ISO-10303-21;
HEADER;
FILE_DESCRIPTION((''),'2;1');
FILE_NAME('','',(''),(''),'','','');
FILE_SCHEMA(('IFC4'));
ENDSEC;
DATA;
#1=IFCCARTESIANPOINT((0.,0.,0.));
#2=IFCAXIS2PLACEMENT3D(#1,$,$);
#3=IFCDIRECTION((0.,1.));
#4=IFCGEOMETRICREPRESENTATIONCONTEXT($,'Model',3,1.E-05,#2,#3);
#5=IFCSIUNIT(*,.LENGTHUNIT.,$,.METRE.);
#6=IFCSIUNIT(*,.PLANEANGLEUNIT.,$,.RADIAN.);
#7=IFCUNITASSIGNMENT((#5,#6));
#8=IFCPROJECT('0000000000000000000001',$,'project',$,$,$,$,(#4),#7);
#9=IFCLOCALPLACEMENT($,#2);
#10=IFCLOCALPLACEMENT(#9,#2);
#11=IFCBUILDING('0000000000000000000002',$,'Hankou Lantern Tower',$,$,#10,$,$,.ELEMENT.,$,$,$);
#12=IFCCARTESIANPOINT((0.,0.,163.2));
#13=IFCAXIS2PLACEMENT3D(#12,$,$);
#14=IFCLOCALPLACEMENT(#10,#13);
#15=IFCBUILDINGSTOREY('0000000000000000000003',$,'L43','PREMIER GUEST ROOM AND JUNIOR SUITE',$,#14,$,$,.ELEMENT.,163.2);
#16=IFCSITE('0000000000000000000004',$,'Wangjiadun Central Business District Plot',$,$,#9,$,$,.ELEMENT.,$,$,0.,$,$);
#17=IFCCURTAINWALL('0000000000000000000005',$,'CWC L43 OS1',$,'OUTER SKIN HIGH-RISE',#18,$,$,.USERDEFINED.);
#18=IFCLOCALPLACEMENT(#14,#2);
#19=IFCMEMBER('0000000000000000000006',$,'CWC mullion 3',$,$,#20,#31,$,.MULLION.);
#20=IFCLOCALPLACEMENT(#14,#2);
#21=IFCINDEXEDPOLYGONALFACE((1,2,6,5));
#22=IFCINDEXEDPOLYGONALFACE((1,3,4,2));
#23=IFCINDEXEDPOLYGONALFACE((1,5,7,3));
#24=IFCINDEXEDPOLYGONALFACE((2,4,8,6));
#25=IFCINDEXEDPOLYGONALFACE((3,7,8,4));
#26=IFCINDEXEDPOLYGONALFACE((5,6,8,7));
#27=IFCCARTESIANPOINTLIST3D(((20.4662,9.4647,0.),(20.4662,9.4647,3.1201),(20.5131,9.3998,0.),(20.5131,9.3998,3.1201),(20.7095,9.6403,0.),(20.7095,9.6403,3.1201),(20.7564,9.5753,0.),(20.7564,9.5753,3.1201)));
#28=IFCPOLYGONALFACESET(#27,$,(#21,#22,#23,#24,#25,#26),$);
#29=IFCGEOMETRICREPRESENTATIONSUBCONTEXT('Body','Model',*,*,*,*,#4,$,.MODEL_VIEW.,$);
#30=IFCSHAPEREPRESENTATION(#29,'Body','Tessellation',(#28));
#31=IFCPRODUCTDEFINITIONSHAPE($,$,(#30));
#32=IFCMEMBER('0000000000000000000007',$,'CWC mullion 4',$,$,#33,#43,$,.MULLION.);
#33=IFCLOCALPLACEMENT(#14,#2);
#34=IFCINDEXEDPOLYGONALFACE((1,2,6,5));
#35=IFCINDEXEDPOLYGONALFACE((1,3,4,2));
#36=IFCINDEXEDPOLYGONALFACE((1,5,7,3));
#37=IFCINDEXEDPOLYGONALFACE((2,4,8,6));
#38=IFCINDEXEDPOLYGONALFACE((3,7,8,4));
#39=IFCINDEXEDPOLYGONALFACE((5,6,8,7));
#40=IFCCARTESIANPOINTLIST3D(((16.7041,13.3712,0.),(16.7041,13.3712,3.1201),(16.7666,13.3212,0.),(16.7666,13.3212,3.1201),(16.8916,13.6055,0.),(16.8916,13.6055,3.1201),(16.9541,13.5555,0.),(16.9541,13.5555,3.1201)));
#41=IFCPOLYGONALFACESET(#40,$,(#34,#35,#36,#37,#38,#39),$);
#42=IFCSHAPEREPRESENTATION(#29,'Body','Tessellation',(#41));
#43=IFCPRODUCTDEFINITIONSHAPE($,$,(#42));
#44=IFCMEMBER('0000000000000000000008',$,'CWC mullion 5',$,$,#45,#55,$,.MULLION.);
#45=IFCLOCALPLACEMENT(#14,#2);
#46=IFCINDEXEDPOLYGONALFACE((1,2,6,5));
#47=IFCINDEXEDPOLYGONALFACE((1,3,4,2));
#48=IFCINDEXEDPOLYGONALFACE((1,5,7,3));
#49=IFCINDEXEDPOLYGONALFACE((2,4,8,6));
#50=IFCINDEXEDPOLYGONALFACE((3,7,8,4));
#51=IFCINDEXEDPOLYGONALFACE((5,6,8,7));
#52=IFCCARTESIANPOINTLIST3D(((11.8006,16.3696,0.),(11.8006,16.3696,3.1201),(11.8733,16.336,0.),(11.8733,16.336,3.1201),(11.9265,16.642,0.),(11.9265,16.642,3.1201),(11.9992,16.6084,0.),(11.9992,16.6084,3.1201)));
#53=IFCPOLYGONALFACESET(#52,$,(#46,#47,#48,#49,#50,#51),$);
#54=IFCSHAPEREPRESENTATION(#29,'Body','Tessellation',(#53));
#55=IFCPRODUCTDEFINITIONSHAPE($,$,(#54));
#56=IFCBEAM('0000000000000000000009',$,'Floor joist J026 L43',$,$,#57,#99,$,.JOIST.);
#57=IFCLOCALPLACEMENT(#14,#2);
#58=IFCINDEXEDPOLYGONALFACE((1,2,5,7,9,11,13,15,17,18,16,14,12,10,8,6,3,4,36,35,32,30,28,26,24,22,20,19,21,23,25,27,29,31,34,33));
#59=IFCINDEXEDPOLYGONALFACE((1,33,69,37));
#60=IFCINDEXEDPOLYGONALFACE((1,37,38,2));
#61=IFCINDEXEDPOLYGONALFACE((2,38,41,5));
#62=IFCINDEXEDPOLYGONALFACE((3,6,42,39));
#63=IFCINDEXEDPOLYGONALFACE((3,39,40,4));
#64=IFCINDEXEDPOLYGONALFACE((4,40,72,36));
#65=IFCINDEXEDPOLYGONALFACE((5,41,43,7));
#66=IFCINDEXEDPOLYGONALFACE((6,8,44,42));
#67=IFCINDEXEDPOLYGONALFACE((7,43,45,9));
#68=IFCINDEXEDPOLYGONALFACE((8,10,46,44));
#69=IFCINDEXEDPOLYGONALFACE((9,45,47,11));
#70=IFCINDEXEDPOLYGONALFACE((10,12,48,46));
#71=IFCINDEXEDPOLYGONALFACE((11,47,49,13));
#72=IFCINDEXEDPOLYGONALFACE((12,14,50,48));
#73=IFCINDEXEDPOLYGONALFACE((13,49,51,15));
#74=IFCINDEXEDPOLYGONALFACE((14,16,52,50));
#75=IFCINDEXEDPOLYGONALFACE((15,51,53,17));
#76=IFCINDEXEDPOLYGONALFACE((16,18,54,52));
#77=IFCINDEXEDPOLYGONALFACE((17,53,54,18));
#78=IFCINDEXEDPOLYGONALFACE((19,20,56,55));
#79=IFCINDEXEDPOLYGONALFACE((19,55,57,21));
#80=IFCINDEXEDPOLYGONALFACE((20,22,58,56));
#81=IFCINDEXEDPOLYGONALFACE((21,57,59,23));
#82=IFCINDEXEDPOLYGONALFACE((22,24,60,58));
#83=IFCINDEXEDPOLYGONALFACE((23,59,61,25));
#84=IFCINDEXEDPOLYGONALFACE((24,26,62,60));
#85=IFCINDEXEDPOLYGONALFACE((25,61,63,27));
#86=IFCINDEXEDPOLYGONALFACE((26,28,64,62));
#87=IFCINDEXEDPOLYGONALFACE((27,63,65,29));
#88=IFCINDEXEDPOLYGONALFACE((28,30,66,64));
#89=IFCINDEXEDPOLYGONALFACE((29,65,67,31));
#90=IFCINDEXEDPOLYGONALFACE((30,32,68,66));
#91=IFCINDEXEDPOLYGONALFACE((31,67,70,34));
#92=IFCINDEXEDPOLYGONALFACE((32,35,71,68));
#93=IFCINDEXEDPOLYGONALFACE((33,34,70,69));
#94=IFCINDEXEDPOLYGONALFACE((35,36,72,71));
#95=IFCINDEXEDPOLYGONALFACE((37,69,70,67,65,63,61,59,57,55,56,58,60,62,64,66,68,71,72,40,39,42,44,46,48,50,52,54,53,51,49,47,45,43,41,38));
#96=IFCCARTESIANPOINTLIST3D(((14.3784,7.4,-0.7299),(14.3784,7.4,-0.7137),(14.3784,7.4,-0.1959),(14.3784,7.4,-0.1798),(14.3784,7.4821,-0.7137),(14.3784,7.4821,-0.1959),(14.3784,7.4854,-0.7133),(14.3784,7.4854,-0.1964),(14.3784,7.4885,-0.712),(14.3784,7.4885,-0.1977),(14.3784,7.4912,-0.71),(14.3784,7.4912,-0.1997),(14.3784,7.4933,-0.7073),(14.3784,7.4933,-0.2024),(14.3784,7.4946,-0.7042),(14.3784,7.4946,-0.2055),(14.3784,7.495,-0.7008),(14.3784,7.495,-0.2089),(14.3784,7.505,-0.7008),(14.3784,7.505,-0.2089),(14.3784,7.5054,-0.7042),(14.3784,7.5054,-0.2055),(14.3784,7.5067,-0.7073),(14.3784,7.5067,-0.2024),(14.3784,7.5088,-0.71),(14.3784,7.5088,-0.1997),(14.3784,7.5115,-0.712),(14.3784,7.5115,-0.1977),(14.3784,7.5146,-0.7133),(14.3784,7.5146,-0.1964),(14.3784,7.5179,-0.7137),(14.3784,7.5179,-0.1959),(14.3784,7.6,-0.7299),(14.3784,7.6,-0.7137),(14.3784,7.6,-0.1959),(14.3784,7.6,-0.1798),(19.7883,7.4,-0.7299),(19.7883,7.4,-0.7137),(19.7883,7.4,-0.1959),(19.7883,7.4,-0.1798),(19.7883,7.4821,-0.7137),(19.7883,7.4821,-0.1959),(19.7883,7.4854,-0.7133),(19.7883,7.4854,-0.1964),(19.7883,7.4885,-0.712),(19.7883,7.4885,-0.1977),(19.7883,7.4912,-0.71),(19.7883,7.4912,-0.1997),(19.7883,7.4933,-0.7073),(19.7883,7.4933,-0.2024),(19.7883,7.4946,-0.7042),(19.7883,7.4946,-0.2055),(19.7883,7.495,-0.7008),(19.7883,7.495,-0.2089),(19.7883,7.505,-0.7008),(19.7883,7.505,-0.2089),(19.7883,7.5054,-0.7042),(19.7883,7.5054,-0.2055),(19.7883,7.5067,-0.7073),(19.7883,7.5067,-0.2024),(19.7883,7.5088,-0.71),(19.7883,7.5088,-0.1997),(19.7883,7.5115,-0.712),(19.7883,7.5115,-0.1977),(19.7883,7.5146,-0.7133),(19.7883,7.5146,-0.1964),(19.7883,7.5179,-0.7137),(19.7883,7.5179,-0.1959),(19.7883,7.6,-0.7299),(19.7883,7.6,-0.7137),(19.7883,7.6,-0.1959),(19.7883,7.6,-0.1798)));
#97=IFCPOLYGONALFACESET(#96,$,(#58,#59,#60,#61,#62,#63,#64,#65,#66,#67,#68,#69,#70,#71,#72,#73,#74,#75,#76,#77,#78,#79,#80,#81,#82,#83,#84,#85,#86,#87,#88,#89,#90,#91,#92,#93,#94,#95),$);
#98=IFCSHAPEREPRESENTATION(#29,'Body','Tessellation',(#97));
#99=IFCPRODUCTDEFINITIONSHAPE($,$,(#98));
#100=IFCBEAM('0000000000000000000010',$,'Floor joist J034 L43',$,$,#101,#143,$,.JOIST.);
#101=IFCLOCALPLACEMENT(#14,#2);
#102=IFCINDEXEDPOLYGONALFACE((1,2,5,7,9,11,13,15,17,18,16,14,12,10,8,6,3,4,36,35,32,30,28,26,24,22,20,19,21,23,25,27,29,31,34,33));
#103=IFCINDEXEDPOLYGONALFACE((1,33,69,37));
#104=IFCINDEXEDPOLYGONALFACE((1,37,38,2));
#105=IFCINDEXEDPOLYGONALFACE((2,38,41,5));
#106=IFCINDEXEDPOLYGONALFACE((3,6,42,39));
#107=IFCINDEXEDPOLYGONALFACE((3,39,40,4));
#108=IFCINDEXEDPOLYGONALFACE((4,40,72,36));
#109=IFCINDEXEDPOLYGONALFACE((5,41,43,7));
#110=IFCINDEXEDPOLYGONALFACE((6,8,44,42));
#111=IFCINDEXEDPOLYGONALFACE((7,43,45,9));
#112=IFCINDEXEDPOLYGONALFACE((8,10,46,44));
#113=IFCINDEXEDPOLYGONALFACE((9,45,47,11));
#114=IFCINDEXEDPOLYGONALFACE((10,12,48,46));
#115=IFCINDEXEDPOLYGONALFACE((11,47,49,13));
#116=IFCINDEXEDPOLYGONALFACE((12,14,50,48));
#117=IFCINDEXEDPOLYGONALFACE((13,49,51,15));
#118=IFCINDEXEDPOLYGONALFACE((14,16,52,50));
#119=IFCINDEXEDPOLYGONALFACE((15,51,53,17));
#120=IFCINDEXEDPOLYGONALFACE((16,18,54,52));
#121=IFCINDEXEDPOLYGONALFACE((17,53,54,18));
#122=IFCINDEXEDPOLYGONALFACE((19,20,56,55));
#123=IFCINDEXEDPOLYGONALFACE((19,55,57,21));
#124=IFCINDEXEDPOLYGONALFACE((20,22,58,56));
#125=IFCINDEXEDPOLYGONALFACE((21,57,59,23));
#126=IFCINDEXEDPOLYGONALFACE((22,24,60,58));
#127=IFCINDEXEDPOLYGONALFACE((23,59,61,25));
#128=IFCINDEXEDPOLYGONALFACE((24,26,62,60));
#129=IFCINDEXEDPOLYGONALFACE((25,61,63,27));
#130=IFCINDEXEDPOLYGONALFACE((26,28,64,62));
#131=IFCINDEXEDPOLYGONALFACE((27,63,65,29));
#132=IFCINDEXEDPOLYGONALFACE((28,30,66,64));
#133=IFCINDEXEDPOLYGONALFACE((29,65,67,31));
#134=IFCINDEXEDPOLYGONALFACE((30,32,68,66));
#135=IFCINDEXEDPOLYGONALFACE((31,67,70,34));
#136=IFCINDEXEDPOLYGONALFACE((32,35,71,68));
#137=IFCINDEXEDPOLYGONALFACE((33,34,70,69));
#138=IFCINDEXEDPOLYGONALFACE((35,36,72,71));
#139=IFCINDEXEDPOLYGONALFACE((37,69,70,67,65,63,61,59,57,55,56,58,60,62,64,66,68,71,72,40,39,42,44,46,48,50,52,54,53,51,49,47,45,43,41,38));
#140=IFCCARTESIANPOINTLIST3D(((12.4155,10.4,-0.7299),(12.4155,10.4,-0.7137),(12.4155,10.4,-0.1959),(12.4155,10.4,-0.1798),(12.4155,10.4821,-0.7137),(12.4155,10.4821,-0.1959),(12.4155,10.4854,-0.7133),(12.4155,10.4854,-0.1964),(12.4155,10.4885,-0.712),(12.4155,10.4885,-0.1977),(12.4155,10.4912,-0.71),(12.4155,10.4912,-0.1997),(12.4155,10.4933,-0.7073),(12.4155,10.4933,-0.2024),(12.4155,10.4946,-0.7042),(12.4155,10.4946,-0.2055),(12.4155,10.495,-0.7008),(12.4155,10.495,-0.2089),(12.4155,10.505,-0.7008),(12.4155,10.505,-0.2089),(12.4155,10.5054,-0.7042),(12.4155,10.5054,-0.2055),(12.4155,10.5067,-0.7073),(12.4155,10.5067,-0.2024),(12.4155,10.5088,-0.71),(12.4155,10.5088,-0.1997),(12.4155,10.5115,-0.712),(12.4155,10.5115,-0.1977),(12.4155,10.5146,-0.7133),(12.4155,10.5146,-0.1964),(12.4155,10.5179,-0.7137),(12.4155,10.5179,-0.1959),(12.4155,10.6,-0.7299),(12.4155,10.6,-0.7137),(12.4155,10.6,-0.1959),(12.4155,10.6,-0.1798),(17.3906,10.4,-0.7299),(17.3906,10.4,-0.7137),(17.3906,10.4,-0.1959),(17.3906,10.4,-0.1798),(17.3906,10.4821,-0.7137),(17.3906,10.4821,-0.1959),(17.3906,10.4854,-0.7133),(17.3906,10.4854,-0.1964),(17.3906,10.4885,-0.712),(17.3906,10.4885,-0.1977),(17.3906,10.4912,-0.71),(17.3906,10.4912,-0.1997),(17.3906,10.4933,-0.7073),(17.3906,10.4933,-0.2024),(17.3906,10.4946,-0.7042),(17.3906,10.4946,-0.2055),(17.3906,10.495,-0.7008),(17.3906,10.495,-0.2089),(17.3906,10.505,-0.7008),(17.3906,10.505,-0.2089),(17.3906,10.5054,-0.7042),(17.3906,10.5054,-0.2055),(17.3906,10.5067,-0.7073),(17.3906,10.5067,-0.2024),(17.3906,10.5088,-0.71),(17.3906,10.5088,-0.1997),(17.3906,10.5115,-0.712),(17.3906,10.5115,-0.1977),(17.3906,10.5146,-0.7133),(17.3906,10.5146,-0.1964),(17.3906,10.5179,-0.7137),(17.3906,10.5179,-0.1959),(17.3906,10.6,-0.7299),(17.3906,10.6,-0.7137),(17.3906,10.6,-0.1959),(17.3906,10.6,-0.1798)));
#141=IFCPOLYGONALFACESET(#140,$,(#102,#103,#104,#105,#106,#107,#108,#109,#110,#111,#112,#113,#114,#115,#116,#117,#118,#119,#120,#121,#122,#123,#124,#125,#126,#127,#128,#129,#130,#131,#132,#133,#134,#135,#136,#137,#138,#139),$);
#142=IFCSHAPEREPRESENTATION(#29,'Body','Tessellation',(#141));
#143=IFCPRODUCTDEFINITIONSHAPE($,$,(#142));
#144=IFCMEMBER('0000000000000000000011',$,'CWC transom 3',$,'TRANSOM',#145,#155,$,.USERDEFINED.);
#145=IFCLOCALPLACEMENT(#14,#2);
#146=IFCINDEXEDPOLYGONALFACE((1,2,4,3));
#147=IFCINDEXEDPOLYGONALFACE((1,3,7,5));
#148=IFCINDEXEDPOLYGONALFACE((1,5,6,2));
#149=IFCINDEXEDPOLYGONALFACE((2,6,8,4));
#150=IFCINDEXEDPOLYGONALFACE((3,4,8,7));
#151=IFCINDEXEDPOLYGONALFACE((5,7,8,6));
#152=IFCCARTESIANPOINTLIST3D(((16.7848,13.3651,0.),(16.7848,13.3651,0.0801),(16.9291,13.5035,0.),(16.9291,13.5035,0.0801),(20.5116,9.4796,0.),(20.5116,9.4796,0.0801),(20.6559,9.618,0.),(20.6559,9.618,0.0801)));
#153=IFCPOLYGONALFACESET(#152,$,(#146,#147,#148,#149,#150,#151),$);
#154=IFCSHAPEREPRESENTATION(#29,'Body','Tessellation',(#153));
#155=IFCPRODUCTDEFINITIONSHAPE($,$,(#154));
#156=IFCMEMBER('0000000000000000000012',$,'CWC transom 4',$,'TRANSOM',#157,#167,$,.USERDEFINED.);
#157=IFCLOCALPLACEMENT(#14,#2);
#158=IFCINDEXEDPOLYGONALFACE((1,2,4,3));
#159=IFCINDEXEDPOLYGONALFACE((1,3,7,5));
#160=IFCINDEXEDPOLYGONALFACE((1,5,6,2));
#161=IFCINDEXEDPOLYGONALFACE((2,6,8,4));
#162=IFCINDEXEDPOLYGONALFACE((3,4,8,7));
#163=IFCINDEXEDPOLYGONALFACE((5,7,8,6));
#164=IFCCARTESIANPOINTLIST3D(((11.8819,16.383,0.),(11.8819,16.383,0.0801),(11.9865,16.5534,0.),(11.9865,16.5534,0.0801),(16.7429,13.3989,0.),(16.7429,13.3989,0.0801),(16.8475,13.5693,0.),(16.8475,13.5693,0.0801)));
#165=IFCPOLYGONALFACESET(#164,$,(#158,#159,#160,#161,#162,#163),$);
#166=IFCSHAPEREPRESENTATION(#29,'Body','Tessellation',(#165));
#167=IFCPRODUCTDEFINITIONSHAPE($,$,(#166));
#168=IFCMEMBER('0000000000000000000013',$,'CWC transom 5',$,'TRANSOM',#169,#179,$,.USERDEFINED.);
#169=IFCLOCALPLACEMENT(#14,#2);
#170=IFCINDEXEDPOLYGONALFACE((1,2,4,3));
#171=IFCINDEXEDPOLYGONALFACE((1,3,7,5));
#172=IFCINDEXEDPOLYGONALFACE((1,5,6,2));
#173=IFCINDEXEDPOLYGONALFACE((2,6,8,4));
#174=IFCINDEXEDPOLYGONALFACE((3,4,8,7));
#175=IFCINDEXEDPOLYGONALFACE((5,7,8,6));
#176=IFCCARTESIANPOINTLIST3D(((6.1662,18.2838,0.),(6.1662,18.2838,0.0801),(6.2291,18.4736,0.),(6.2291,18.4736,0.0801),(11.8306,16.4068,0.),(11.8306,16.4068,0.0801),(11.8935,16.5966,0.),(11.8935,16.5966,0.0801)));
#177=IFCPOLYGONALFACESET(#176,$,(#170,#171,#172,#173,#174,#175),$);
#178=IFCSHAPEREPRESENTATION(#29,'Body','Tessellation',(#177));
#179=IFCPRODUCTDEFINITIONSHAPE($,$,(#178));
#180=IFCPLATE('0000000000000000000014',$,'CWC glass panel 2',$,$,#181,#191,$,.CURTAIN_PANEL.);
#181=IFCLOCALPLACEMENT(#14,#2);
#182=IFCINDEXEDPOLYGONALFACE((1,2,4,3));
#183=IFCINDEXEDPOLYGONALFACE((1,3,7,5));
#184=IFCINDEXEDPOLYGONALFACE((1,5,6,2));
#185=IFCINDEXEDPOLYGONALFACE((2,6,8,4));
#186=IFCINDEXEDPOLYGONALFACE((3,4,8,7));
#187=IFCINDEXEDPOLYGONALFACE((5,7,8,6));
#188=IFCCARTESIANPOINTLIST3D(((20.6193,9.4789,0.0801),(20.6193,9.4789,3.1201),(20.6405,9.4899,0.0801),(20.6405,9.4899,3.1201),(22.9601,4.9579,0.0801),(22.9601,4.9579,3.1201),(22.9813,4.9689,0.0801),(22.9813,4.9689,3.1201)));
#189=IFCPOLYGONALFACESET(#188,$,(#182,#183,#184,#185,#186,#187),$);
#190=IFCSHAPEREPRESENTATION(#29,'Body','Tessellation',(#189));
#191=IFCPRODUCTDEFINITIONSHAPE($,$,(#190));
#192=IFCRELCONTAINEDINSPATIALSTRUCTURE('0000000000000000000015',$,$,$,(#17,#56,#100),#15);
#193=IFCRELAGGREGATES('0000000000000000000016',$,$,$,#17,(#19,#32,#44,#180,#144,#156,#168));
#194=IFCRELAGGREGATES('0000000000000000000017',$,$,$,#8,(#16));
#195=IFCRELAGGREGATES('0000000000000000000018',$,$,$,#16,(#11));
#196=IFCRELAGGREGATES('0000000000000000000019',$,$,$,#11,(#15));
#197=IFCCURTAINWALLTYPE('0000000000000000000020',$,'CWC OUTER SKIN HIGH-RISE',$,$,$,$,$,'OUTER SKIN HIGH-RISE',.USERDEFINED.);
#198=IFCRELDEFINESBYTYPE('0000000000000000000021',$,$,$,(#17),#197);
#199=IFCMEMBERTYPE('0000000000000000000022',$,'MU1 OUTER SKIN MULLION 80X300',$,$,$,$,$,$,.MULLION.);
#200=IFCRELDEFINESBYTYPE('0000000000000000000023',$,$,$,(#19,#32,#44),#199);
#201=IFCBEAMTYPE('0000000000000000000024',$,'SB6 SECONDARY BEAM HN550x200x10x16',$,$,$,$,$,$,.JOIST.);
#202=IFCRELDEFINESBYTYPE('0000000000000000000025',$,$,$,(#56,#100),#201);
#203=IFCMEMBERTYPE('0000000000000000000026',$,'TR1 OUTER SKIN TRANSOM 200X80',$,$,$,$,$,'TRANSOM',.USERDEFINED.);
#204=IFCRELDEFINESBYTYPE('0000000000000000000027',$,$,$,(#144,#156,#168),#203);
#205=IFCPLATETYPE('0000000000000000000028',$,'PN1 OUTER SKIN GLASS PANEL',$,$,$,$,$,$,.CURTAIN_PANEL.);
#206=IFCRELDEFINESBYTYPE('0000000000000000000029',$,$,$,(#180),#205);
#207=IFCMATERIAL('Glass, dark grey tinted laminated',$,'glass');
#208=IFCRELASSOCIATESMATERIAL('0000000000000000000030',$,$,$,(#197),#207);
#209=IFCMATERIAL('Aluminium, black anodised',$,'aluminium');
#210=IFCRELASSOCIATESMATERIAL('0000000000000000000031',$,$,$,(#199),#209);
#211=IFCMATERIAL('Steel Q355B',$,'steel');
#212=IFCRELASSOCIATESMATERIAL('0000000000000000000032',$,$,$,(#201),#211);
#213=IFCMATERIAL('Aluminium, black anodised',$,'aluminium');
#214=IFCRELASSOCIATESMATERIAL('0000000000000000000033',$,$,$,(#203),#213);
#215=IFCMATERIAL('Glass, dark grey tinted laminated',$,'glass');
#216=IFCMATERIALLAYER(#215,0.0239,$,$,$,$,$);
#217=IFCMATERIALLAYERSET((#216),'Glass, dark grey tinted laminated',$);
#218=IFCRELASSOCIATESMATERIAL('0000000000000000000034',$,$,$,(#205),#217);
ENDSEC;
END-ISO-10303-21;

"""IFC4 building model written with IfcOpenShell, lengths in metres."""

from ifc_helpers import new_model, si_unit, direction, frame, origin, origin_2d, place, context, subcontext, project, spatial, rectangle, i_section, extrude, material, layer, layer_set, material_profile, profile_set, type_object, element, aggregate, save


model = new_model("IFC4")

# Units and contexts
model_context = context("Model", 3, precision=1e-05, world=origin(), true_north=direction((0.0, 1.0)))
body_context = subcontext(model_context, "Body", "Model", "MODEL_VIEW")
ifc_project = project(units=[si_unit("LENGTHUNIT", "METRE"), si_unit("PLANEANGLEUNIT", "RADIAN")], contexts=[model_context])

# Site, building, storey
site_placement = place(None, origin())
site = spatial("IfcSite", under=ifc_project, at=site_placement, Name="Wangjiadun Central Business District Plot", CompositionType="ELEMENT", RefElevation=0.0)
building_placement = place(site_placement, origin())
building = spatial("IfcBuilding", under=site, at=building_placement, Name="Hankou Lantern Tower", CompositionType="ELEMENT")
storey_placement = place(building_placement, frame((0.0, 0.0, 163.2)))
storey = spatial("IfcBuildingStorey", under=building, at=storey_placement, Name="L43", Description="PREMIER GUEST ROOM AND JUNIOR SUITE", CompositionType="ELEMENT", Elevation=163.2)

# Curtain wall, members
ifc_material_1 = material(Name="Glass, dark grey tinted laminated", Category="glass")
curtain_wall_type = type_object("IfcCurtainWallType", Name="CWC OUTER SKIN HIGH-RISE", ElementType="OUTER SKIN HIGH-RISE", PredefinedType="USERDEFINED", material=ifc_material_1)
curtain_wall_placement = place(storey_placement, origin())
curtain_wall = element("IfcCurtainWall", 1, at=curtain_wall_placement, inside=storey, type_object=curtain_wall_type, Name="CWC L43 OS1", ObjectType="OUTER SKIN HIGH-RISE", PredefinedType="USERDEFINED")
ifc_material_2 = material(Name="Aluminium, black anodised", Category="aluminium")
ifc_material_profile_1 = material_profile(ifc_material_2, rectangle(XDim=0.0801, YDim=0.3, at=origin_2d()), Name="MU1 80X300")
ifc_profile_set_1 = profile_set([ifc_material_profile_1], Name="Aluminium, black anodised")
member_type_1 = type_object("IfcMemberType", Name="MU1 OUTER SKIN MULLION 80X300", PredefinedType="MULLION", material=ifc_profile_set_1)
member_1_placement = place(storey_placement, frame((20.6113, 9.52, 0.0), z_axis=(0.0, 0.0, 1.0), x_axis=(-0.585206, 0.810885, 0.0)))
member_1 = element("IfcMember", 2, at=member_1_placement, type_object=member_type_1, Name="CWC mullion 3", PredefinedType="MULLION", context=body_context, shape_type="SweptSolid", body=[
    extrude(rectangle(XDim=0.0801, YDim=0.3, at=origin_2d()), origin(), (0.0, 0.0, 1.0), 3.1201),
])
member_2_placement = place(storey_placement, frame((16.8291, 13.4634, 0.0), z_axis=(0.0, 0.0, 1.0), x_axis=(-0.780869, 0.624695, 0.0)))
member_2 = element("IfcMember", 3, at=member_2_placement, type_object=member_type_1, Name="CWC mullion 4", PredefinedType="MULLION", context=body_context, shape_type="SweptSolid", body=[
    extrude(rectangle(XDim=0.0801, YDim=0.3, at=origin_2d()), origin(), (0.0, 0.0, 1.0), 3.1201),
])
member_3_placement = place(storey_placement, frame((11.8999, 16.489, 0.0), z_axis=(0.0, 0.0, 1.0), x_axis=(-0.907841, 0.419314, 0.0)))
member_3 = element("IfcMember", 4, at=member_3_placement, type_object=member_type_1, Name="CWC mullion 5", PredefinedType="MULLION", context=body_context, shape_type="SweptSolid", body=[
    extrude(rectangle(XDim=0.0801, YDim=0.3, at=origin_2d()), origin(), (0.0, 0.0, 1.0), 3.1201),
])

# Beams
ifc_material_3 = material(Name="Steel Q355B", Category="steel")
ifc_material_profile_2 = material_profile(ifc_material_3, i_section(OverallWidth=0.2, OverallDepth=0.55, WebThickness=0.01, FlangeThickness=0.0161, FilletRadius=0.0129, at=origin_2d()), Name="HN550x200x10x16")
ifc_profile_set_2 = profile_set([ifc_material_profile_2], Name="Steel Q355B")
beam_type_1 = type_object("IfcBeamType", Name="SB6 SECONDARY BEAM HN550x200x10x16", PredefinedType="JOIST", material=ifc_profile_set_2)
beam_1_placement = place(storey_placement, frame((14.3784, 7.5, -0.4548), z_axis=(1.0, 0.0, 0.0), x_axis=(0.0, 1.0, 0.0)))
element("IfcBeam", 5, at=beam_1_placement, inside=storey, type_object=beam_type_1, Name="Floor joist J026 L43", PredefinedType="JOIST", context=body_context, shape_type="SweptSolid", body=[
    extrude(i_section(OverallWidth=0.2, OverallDepth=0.55, WebThickness=0.01, FlangeThickness=0.0161, FilletRadius=0.0129, at=origin_2d()), origin(), (0.0, 0.0, 1.0), 5.4099),
])
beam_2_placement = place(storey_placement, frame((12.4155, 10.5, -0.4548), z_axis=(1.0, 0.0, 0.0), x_axis=(0.0, 1.0, 0.0)))
element("IfcBeam", 6, at=beam_2_placement, inside=storey, type_object=beam_type_1, Name="Floor joist J034 L43", PredefinedType="JOIST", context=body_context, shape_type="SweptSolid", body=[
    extrude(i_section(OverallWidth=0.2, OverallDepth=0.55, WebThickness=0.01, FlangeThickness=0.0161, FilletRadius=0.0129, at=origin_2d()), origin(), (0.0, 0.0, 1.0), 4.9751),
])

# Members
ifc_material_4 = material(Name="Aluminium, black anodised", Category="aluminium")
ifc_material_profile_3 = material_profile(ifc_material_4, rectangle(XDim=0.2, YDim=0.0801, at=origin_2d()), Name="TR1 200X80")
ifc_profile_set_3 = profile_set([ifc_material_profile_3], Name="Aluminium, black anodised")
member_type_2 = type_object("IfcMemberType", Name="TR1 OUTER SKIN TRANSOM 200X80", ElementType="TRANSOM", PredefinedType="USERDEFINED", material=ifc_profile_set_3)
member_4_placement = place(storey_placement, frame((20.5837, 9.5488, 0.04), z_axis=(-0.692216, 0.721691, 0.0), x_axis=(-0.721691, -0.692216, 0.0)))
member_4 = element("IfcMember", 7, at=member_4_placement, type_object=member_type_2, Name="CWC transom 3", ObjectType="TRANSOM", PredefinedType="USERDEFINED", context=body_context, shape_type="SweptSolid", body=[
    extrude(rectangle(XDim=0.2, YDim=0.0801, at=origin_2d()), origin(), (0.0, 0.0, 1.0), 5.3838),
])
member_5_placement = place(storey_placement, frame((16.7952, 13.4841, 0.04), z_axis=(-0.852229, 0.523168, 0.0), x_axis=(-0.523168, -0.852229, 0.0)))
member_5 = element("IfcMember", 8, at=member_5_placement, type_object=member_type_2, Name="CWC transom 4", ObjectType="TRANSOM", PredefinedType="USERDEFINED", context=body_context, shape_type="SweptSolid", body=[
    extrude(rectangle(XDim=0.2, YDim=0.0801, at=origin_2d()), origin(), (0.0, 0.0, 1.0), 5.7039),
])
member_6_placement = place(storey_placement, frame((11.8621, 16.5017, 0.04), z_axis=(-0.949242, 0.314546, 0.0), x_axis=(-0.314546, -0.949242, 0.0)))
member_6 = element("IfcMember", 9, at=member_6_placement, type_object=member_type_2, Name="CWC transom 5", ObjectType="TRANSOM", PredefinedType="USERDEFINED", context=body_context, shape_type="SweptSolid", body=[
    extrude(rectangle(XDim=0.2, YDim=0.0801, at=origin_2d()), origin(), (0.0, 0.0, 1.0), 5.9673),
])

# Plate
ifc_material_5 = material(Name="Glass, dark grey tinted laminated", Category="glass")
ifc_layer_1 = layer(ifc_material_5, 0.0239)
ifc_layer_set_1 = layer_set([ifc_layer_1], Name="Glass, dark grey tinted laminated")
plate_type = type_object("IfcPlateType", Name="PN1 OUTER SKIN GLASS PANEL", PredefinedType="CURTAIN_PANEL", material=ifc_layer_set_1)
plate_1_placement = place(storey_placement, frame((21.8003, 7.2239, 0.0801), z_axis=(0.0, 0.0, 1.0), x_axis=(-0.459791, 0.888027, 0.0)))
plate_1 = element("IfcPlate", 10, at=plate_1_placement, type_object=plate_type, Name="CWC glass panel 2", PredefinedType="CURTAIN_PANEL", context=body_context, shape_type="SweptSolid", body=[
    extrude(rectangle(XDim=5.0911, YDim=0.0239, at=origin_2d()), origin(), (0.0, 0.0, 1.0), 3.04),
])
aggregate(curtain_wall, [member_1, member_2, member_3, plate_1, member_4, member_5, member_6])

save(model, "model.ifc")
